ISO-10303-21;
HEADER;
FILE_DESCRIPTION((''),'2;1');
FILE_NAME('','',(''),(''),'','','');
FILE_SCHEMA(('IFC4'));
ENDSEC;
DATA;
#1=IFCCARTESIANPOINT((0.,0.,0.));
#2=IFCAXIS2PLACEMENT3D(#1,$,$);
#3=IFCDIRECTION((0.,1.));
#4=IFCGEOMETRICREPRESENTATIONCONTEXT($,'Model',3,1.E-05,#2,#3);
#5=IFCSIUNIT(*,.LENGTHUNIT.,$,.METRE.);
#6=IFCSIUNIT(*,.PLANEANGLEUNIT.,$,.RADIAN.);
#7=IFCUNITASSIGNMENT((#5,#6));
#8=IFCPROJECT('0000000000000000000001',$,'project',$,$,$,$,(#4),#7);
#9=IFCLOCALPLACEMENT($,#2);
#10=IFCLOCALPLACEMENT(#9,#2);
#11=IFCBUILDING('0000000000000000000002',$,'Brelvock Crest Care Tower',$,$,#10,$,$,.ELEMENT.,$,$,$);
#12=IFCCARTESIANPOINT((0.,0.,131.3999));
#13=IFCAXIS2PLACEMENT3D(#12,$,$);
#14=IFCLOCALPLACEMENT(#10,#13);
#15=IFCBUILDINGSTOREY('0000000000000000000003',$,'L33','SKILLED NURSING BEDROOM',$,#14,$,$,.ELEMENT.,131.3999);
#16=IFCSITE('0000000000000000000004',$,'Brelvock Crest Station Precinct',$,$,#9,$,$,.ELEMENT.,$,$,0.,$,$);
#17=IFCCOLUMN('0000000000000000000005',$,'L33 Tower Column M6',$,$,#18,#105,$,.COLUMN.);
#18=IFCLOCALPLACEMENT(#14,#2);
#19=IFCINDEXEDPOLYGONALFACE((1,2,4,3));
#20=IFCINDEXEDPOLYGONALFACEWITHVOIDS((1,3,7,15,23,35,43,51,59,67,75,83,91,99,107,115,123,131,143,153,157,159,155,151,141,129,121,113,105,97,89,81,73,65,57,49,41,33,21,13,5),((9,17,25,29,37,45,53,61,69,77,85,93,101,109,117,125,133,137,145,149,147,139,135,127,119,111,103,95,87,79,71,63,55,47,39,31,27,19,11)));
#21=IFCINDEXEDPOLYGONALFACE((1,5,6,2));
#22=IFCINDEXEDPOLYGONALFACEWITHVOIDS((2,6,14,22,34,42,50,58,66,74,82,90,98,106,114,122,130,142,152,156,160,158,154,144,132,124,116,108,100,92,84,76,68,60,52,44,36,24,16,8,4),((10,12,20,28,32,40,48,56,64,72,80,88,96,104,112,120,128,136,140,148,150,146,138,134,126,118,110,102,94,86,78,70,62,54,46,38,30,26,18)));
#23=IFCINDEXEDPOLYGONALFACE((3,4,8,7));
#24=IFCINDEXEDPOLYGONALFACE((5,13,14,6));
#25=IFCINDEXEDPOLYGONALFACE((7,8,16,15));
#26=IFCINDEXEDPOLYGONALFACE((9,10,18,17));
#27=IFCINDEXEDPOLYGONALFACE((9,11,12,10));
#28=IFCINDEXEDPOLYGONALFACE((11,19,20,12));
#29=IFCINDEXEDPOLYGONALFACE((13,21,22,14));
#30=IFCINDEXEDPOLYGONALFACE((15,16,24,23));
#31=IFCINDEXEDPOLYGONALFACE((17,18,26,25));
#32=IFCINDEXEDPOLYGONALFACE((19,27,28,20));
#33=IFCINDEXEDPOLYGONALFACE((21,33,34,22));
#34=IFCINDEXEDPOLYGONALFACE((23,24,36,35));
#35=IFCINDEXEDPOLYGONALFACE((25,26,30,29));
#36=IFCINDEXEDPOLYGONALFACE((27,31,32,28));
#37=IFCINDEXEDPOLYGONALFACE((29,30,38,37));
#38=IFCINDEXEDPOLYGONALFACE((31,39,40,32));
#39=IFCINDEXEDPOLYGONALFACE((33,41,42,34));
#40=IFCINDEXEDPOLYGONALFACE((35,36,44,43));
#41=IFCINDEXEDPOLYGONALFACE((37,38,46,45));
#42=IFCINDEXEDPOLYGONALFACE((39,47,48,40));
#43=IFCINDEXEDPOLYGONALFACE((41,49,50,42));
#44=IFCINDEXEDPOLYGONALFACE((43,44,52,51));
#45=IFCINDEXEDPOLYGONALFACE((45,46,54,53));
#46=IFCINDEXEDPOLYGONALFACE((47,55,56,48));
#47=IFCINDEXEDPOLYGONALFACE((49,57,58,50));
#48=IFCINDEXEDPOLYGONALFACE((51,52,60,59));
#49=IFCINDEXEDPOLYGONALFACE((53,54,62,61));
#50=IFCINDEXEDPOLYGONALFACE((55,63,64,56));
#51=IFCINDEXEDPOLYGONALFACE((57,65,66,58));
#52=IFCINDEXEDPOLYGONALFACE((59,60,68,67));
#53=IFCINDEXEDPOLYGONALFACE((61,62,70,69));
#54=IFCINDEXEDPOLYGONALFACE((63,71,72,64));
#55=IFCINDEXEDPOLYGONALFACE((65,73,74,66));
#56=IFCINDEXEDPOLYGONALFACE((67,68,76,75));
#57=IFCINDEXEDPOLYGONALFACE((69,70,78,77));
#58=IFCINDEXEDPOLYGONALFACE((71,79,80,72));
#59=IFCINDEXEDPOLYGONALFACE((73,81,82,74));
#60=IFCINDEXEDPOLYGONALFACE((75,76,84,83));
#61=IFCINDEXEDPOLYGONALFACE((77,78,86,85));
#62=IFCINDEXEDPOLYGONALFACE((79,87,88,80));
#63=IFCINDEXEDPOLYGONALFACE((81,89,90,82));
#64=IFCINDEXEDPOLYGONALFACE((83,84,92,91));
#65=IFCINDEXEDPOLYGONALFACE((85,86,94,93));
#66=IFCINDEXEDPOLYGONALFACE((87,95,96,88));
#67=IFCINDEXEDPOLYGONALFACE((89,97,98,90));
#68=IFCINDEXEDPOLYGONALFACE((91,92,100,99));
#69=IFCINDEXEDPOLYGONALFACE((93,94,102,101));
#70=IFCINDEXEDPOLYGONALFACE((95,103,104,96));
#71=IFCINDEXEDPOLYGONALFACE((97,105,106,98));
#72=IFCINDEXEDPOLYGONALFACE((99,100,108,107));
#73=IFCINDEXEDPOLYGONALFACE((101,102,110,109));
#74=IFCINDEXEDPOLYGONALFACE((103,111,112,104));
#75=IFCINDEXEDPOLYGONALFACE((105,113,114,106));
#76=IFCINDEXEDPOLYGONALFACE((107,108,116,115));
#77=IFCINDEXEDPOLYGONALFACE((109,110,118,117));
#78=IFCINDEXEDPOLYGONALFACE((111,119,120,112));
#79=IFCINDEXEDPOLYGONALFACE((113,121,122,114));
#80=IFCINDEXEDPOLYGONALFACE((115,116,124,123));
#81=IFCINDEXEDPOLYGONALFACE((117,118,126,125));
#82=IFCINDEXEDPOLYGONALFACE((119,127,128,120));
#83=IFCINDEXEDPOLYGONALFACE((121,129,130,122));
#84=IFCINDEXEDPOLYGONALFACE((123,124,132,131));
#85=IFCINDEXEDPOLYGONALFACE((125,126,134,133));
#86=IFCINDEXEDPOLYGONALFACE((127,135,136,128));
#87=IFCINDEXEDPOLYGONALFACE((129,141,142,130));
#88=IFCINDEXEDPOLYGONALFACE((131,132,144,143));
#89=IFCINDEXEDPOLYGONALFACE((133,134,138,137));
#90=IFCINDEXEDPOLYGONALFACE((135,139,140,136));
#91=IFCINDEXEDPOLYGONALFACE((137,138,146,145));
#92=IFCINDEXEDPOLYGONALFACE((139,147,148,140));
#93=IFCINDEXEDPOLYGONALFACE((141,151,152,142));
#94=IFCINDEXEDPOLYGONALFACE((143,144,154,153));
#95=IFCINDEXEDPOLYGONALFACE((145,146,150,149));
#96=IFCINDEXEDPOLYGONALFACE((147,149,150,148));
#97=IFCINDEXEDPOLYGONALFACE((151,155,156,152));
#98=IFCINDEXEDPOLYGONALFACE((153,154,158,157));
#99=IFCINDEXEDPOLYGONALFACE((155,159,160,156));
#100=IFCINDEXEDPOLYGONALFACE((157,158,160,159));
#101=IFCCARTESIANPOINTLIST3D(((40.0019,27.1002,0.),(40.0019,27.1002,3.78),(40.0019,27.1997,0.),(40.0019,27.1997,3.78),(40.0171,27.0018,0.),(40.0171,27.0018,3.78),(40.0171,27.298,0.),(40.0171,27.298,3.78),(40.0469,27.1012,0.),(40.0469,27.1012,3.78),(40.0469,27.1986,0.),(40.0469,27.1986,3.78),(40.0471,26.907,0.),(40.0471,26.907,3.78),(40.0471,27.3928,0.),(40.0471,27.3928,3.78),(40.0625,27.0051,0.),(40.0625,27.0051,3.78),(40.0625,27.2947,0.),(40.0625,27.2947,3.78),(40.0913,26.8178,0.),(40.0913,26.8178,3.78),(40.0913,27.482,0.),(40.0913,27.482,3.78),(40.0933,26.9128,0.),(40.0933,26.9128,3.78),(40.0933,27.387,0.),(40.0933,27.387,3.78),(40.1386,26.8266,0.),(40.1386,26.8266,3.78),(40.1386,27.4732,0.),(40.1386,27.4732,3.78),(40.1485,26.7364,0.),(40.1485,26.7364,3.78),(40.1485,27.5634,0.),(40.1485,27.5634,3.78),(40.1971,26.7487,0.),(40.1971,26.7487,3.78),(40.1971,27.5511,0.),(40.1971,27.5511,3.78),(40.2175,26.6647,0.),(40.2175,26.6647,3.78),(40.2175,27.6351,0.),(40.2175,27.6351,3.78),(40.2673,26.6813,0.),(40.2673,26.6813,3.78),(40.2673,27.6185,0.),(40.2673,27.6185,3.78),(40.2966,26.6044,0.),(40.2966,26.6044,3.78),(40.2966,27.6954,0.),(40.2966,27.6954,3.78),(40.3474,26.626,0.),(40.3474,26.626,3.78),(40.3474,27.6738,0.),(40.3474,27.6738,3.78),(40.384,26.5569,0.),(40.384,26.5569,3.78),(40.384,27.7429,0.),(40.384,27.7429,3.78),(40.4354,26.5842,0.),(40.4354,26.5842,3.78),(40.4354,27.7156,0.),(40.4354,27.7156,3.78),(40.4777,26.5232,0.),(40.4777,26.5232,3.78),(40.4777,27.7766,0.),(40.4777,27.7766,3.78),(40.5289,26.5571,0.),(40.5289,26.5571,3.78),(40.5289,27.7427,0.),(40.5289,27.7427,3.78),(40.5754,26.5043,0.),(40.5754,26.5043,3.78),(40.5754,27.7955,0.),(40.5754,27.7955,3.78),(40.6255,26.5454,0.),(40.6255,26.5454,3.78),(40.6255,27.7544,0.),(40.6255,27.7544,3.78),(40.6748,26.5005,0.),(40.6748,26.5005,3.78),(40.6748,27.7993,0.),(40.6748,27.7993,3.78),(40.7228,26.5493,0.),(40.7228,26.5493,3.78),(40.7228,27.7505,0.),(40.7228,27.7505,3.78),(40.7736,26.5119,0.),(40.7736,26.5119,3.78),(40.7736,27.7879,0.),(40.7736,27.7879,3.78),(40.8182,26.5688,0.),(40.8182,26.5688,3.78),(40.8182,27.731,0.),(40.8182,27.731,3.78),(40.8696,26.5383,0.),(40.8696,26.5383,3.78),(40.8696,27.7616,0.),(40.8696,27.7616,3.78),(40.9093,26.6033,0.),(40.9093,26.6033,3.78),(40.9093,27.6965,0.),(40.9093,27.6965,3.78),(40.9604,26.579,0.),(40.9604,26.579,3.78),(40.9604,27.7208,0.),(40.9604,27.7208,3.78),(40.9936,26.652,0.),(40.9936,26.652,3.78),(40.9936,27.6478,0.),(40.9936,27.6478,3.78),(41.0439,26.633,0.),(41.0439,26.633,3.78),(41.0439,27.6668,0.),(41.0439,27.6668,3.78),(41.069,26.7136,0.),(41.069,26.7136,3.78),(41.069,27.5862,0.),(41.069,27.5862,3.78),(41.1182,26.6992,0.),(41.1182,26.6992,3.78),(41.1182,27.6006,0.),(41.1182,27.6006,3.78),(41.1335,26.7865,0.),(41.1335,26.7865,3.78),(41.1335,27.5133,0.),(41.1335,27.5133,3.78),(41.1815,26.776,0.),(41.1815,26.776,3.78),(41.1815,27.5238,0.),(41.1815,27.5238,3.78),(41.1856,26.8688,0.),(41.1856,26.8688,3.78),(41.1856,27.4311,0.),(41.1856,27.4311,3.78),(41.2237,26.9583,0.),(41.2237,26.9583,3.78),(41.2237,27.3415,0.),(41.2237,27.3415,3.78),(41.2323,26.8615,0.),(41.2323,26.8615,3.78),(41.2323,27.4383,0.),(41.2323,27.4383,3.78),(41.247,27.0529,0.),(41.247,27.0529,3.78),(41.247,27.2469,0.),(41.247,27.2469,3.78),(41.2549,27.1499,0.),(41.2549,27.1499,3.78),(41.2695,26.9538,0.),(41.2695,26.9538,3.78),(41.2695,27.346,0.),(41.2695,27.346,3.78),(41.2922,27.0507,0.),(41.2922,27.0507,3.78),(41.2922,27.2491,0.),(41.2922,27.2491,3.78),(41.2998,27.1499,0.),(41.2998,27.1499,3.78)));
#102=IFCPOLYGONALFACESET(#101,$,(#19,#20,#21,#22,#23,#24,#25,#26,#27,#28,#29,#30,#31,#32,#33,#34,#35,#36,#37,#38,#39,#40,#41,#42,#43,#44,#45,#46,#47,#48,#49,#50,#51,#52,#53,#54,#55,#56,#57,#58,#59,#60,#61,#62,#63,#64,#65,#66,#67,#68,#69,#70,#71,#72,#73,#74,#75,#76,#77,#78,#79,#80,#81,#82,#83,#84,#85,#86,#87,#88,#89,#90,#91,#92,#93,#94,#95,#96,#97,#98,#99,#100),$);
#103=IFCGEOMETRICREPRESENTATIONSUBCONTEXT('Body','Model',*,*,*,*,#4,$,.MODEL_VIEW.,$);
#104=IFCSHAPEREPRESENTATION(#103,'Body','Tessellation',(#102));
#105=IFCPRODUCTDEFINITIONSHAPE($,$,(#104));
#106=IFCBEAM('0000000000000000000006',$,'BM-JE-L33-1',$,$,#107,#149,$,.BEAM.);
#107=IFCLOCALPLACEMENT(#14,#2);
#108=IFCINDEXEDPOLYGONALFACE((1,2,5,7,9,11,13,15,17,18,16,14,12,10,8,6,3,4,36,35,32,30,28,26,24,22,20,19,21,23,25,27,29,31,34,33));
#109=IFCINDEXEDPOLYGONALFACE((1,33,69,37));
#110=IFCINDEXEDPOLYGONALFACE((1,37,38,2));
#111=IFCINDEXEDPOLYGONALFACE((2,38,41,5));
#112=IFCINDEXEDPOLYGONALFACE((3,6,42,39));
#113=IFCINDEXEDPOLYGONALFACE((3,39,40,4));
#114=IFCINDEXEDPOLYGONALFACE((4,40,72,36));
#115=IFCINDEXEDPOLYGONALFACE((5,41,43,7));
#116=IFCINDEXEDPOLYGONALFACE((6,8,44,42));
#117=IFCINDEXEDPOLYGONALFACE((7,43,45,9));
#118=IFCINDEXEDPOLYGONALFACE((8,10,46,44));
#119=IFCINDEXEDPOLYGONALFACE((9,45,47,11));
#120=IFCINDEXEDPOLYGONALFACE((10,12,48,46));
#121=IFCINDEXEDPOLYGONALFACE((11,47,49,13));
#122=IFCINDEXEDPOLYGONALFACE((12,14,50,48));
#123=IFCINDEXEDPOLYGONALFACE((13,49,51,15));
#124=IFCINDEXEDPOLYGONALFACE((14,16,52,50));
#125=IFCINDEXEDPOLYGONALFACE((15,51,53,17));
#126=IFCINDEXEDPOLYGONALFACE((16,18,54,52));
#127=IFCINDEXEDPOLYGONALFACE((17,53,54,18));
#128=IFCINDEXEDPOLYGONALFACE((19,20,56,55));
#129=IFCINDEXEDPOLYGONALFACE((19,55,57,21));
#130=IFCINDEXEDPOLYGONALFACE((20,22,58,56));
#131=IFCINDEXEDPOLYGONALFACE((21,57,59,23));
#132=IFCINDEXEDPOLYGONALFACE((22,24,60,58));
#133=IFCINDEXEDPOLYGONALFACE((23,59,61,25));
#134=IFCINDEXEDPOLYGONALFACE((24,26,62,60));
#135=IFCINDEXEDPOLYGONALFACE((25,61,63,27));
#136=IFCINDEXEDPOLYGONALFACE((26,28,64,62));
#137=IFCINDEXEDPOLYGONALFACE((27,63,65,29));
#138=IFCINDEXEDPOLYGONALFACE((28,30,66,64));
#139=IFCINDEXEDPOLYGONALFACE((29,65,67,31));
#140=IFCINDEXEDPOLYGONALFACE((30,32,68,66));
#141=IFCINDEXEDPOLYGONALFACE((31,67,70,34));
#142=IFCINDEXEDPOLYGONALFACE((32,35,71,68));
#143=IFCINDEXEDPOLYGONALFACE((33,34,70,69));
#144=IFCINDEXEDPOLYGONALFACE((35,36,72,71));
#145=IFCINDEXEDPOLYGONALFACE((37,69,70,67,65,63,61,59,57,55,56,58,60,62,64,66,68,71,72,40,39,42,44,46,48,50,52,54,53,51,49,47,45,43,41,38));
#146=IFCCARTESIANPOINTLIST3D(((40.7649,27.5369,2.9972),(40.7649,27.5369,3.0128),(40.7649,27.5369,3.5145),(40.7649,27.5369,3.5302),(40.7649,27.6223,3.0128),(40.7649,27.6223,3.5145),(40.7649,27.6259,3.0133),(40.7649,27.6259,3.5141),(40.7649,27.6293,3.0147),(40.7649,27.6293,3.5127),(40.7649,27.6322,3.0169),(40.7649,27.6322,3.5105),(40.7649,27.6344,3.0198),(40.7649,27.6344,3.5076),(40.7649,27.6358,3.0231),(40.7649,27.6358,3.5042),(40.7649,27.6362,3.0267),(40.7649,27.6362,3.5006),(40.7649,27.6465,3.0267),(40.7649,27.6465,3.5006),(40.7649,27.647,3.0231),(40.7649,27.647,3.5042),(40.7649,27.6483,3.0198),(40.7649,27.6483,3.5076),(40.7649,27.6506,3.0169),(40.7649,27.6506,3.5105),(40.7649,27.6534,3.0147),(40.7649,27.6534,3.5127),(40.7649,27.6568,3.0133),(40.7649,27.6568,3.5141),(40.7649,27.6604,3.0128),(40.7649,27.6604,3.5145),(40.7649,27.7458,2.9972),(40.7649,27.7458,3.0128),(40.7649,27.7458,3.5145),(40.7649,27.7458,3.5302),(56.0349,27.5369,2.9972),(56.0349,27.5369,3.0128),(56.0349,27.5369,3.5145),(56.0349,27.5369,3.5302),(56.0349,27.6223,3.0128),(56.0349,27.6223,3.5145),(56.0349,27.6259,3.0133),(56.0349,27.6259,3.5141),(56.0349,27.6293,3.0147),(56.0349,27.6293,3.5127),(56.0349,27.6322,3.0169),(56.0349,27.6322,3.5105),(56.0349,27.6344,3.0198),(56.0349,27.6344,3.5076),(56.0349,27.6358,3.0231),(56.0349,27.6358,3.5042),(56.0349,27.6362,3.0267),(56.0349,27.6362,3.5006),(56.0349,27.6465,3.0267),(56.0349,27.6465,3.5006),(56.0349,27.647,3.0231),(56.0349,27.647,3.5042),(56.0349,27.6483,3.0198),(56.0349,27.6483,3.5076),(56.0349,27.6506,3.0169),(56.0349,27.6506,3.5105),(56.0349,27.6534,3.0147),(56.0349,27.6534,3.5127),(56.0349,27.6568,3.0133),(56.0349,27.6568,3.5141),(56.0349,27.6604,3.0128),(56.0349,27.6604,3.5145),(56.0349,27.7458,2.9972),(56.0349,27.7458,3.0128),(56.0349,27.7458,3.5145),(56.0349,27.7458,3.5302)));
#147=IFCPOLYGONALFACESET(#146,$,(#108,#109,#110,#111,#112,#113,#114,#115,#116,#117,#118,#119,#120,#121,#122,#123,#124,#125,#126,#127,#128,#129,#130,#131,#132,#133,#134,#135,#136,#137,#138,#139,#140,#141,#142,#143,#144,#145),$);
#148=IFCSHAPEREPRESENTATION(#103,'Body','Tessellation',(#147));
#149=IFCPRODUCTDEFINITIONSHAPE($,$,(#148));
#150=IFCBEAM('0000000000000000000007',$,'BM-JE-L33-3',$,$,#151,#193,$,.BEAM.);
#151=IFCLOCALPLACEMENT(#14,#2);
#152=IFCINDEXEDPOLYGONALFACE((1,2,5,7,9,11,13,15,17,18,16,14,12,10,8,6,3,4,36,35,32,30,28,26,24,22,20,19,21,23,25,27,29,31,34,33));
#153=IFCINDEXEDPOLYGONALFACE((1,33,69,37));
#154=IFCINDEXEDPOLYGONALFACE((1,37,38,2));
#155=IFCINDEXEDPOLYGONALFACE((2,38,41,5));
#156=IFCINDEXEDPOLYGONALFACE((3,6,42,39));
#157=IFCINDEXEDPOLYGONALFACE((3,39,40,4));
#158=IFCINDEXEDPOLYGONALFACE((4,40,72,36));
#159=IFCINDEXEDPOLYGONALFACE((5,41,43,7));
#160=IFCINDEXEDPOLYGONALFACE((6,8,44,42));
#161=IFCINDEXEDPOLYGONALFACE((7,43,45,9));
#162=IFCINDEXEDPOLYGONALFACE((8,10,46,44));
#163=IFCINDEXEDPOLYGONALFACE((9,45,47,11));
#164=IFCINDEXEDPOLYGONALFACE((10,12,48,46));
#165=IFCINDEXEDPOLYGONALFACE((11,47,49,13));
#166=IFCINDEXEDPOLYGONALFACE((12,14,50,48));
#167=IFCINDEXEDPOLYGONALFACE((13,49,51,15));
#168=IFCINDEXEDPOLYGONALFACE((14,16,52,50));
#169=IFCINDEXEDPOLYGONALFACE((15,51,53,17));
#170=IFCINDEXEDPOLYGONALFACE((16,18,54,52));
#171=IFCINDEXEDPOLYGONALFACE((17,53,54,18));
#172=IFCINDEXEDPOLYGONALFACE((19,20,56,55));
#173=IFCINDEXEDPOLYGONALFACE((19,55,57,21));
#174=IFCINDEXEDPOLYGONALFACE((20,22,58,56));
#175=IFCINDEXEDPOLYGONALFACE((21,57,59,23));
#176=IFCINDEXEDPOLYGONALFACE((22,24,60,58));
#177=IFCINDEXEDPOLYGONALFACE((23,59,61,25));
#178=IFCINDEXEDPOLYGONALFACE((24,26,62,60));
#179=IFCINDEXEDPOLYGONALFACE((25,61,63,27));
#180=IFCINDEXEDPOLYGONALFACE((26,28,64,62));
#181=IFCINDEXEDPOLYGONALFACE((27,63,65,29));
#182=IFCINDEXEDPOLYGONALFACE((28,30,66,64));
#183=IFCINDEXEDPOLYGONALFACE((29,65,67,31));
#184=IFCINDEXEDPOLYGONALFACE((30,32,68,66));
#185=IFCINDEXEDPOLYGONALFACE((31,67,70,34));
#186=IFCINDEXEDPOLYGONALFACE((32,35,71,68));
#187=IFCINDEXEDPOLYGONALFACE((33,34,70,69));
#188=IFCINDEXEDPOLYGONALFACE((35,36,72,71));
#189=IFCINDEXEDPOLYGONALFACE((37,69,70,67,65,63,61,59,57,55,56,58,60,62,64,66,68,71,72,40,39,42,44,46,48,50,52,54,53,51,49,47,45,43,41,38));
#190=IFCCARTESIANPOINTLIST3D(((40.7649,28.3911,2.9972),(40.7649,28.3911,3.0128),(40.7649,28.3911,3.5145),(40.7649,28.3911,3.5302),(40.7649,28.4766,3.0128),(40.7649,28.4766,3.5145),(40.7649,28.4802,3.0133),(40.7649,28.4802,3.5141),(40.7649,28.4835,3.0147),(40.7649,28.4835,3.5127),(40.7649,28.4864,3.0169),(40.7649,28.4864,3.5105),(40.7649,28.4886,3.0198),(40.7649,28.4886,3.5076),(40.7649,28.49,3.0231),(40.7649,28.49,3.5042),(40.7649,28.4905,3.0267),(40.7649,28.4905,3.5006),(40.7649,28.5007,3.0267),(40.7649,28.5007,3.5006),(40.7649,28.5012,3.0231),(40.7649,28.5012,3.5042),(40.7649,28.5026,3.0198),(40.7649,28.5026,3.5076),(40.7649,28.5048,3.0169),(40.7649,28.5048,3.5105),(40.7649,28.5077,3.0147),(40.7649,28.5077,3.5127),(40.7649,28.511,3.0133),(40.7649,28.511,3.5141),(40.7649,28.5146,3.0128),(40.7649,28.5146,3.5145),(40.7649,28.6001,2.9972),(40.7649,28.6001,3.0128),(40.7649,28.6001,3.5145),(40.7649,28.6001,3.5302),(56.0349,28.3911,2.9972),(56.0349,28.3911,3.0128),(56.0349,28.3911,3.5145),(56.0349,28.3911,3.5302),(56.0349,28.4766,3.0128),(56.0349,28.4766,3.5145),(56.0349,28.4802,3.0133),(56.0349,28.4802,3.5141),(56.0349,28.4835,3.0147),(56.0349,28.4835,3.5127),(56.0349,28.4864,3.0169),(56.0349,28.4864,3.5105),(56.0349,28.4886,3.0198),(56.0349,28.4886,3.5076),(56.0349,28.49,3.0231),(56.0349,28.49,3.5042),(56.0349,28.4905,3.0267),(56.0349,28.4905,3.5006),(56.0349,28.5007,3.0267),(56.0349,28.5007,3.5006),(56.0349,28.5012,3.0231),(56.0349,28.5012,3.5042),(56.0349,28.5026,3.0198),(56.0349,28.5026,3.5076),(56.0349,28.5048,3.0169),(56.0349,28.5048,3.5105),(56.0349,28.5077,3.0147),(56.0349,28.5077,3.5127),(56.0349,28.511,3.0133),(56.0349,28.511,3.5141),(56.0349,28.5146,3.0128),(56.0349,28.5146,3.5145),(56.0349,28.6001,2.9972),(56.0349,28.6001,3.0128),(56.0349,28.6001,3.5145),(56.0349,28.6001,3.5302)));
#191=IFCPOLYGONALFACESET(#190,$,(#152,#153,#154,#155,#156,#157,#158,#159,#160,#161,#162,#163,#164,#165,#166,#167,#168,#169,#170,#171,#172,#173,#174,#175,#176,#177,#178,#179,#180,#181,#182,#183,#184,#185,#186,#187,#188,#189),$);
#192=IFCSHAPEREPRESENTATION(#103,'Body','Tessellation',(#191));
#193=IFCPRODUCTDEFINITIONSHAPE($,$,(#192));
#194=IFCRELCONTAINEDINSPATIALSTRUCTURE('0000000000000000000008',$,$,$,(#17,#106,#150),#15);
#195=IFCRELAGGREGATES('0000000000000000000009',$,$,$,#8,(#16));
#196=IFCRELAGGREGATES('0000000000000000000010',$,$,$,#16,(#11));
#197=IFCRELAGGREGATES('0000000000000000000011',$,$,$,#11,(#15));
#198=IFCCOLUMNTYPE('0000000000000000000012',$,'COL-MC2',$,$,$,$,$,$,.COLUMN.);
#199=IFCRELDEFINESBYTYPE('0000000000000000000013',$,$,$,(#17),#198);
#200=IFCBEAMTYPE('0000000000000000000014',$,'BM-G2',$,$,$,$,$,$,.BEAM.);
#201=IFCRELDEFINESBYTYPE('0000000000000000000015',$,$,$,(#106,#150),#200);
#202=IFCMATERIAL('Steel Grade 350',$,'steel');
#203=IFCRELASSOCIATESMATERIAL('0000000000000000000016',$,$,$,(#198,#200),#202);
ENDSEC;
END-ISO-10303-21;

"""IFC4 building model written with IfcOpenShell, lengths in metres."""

from ifc_helpers import new_model, si_unit, direction, frame, origin, origin_2d, place, context, subcontext, project, spatial, hollow_circle, i_section, extrude, source, transform, mapped, material, material_profile, profile_set, type_object, element, save


model = new_model("IFC4")

# Units and contexts
model_context = context("Model", 3, precision=1e-05, world=origin(), true_north=direction((0.0, 1.0)))
body_context = subcontext(model_context, "Body", "Model", "MODEL_VIEW")
ifc_project = project(units=[si_unit("LENGTHUNIT", "METRE"), si_unit("PLANEANGLEUNIT", "RADIAN")], contexts=[model_context])

# Site, building, storey
site_placement = place(None, origin())
site = spatial("IfcSite", under=ifc_project, at=site_placement, Name="Brelvock Crest Station Precinct", CompositionType="ELEMENT", RefElevation=0.0)
building_placement = place(site_placement, origin())
building = spatial("IfcBuilding", under=site, at=building_placement, Name="Brelvock Crest Care Tower", CompositionType="ELEMENT")
storey_placement = place(building_placement, frame((0.0, 0.0, 131.3999)))
storey = spatial("IfcBuildingStorey", under=building, at=storey_placement, Name="L33", Description="SKILLED NURSING BEDROOM", CompositionType="ELEMENT", Elevation=131.3999)

# Column
ifc_material_1 = material(Name="Steel Grade 350", Category="steel")
ifc_material_profile_1 = material_profile(ifc_material_1, hollow_circle(Radius=0.6499, WallThickness=0.0449, at=origin_2d()), Name="CFT1300x45")
ifc_profile_set_1 = profile_set([ifc_material_profile_1], Name="Steel Grade 350")
column_type = type_object("IfcColumnType", Name="COL-MC2", PredefinedType="COLUMN", material=ifc_profile_set_1)
shared_shape_1 = source(origin(), body_context, "Body", "SweptSolid", [
    extrude(hollow_circle(Radius=0.6499, WallThickness=0.0449, at=origin_2d()), origin(), (0.0, 0.0, 1.0), 3.78),
])
column_placement = place(storey_placement, frame((40.6499, 27.1499, 0.0), z_axis=(0.0, 0.0, 1.0), x_axis=(1.0, 0.0, 0.0)))
element("IfcColumn", 1, at=column_placement, inside=storey, type_object=column_type, Name="L33 Tower Column M6", PredefinedType="COLUMN", context=body_context, shape_type="MappedRepresentation", body=[
    mapped(shared_shape_1, transform((0.0, 0.0, 0.0), x_axis=(1.0, 0.0, 0.0), y_axis=(0.0, 1.0, 0.0), z_axis=(0.0, 0.0, 1.0), scale=1.0)),
])

# Beams
ifc_material_profile_2 = material_profile(ifc_material_1, i_section(OverallWidth=0.209, OverallDepth=0.533, WebThickness=0.0103, FlangeThickness=0.0156, FilletRadius=0.0139, at=origin_2d()), Name="530UB92.4")
ifc_profile_set_2 = profile_set([ifc_material_profile_2], Name="Steel Grade 350")
beam_type_1 = type_object("IfcBeamType", Name="BM-G2", PredefinedType="BEAM", material=ifc_profile_set_2)
shared_shape_2 = source(origin(), body_context, "Body", "SweptSolid", [
    extrude(i_section(OverallWidth=0.209, OverallDepth=0.533, WebThickness=0.0103, FlangeThickness=0.0156, FilletRadius=0.0139, at=origin_2d()), origin(), (0.0, 0.0, 1.0), 15.27),
])
for number, where, z_axis, x_axis, name in (
    (2, (40.7649, 27.6414, 3.2637), (1.0, 0.0, 0.0), (0.0, 1.0, 0.0), "BM-JE-L33-1"),
    (3, (40.7649, 28.4956, 3.2637), (1.0, 0.0, 0.0), (0.0, 1.0, 0.0), "BM-JE-L33-3"),
):
    element("IfcBeam", number, at=place(storey_placement, frame(where, z_axis=z_axis, x_axis=x_axis)), inside=storey, type_object=beam_type_1, Name=name, PredefinedType="BEAM", context=body_context, shape_type="MappedRepresentation", body=[
        mapped(shared_shape_2, transform((0.0, 0.0, 0.0), x_axis=(1.0, 0.0, 0.0), y_axis=(0.0, 1.0, 0.0), z_axis=(0.0, 0.0, 1.0), scale=1.0)),
    ])

save(model, "model.ifc")
